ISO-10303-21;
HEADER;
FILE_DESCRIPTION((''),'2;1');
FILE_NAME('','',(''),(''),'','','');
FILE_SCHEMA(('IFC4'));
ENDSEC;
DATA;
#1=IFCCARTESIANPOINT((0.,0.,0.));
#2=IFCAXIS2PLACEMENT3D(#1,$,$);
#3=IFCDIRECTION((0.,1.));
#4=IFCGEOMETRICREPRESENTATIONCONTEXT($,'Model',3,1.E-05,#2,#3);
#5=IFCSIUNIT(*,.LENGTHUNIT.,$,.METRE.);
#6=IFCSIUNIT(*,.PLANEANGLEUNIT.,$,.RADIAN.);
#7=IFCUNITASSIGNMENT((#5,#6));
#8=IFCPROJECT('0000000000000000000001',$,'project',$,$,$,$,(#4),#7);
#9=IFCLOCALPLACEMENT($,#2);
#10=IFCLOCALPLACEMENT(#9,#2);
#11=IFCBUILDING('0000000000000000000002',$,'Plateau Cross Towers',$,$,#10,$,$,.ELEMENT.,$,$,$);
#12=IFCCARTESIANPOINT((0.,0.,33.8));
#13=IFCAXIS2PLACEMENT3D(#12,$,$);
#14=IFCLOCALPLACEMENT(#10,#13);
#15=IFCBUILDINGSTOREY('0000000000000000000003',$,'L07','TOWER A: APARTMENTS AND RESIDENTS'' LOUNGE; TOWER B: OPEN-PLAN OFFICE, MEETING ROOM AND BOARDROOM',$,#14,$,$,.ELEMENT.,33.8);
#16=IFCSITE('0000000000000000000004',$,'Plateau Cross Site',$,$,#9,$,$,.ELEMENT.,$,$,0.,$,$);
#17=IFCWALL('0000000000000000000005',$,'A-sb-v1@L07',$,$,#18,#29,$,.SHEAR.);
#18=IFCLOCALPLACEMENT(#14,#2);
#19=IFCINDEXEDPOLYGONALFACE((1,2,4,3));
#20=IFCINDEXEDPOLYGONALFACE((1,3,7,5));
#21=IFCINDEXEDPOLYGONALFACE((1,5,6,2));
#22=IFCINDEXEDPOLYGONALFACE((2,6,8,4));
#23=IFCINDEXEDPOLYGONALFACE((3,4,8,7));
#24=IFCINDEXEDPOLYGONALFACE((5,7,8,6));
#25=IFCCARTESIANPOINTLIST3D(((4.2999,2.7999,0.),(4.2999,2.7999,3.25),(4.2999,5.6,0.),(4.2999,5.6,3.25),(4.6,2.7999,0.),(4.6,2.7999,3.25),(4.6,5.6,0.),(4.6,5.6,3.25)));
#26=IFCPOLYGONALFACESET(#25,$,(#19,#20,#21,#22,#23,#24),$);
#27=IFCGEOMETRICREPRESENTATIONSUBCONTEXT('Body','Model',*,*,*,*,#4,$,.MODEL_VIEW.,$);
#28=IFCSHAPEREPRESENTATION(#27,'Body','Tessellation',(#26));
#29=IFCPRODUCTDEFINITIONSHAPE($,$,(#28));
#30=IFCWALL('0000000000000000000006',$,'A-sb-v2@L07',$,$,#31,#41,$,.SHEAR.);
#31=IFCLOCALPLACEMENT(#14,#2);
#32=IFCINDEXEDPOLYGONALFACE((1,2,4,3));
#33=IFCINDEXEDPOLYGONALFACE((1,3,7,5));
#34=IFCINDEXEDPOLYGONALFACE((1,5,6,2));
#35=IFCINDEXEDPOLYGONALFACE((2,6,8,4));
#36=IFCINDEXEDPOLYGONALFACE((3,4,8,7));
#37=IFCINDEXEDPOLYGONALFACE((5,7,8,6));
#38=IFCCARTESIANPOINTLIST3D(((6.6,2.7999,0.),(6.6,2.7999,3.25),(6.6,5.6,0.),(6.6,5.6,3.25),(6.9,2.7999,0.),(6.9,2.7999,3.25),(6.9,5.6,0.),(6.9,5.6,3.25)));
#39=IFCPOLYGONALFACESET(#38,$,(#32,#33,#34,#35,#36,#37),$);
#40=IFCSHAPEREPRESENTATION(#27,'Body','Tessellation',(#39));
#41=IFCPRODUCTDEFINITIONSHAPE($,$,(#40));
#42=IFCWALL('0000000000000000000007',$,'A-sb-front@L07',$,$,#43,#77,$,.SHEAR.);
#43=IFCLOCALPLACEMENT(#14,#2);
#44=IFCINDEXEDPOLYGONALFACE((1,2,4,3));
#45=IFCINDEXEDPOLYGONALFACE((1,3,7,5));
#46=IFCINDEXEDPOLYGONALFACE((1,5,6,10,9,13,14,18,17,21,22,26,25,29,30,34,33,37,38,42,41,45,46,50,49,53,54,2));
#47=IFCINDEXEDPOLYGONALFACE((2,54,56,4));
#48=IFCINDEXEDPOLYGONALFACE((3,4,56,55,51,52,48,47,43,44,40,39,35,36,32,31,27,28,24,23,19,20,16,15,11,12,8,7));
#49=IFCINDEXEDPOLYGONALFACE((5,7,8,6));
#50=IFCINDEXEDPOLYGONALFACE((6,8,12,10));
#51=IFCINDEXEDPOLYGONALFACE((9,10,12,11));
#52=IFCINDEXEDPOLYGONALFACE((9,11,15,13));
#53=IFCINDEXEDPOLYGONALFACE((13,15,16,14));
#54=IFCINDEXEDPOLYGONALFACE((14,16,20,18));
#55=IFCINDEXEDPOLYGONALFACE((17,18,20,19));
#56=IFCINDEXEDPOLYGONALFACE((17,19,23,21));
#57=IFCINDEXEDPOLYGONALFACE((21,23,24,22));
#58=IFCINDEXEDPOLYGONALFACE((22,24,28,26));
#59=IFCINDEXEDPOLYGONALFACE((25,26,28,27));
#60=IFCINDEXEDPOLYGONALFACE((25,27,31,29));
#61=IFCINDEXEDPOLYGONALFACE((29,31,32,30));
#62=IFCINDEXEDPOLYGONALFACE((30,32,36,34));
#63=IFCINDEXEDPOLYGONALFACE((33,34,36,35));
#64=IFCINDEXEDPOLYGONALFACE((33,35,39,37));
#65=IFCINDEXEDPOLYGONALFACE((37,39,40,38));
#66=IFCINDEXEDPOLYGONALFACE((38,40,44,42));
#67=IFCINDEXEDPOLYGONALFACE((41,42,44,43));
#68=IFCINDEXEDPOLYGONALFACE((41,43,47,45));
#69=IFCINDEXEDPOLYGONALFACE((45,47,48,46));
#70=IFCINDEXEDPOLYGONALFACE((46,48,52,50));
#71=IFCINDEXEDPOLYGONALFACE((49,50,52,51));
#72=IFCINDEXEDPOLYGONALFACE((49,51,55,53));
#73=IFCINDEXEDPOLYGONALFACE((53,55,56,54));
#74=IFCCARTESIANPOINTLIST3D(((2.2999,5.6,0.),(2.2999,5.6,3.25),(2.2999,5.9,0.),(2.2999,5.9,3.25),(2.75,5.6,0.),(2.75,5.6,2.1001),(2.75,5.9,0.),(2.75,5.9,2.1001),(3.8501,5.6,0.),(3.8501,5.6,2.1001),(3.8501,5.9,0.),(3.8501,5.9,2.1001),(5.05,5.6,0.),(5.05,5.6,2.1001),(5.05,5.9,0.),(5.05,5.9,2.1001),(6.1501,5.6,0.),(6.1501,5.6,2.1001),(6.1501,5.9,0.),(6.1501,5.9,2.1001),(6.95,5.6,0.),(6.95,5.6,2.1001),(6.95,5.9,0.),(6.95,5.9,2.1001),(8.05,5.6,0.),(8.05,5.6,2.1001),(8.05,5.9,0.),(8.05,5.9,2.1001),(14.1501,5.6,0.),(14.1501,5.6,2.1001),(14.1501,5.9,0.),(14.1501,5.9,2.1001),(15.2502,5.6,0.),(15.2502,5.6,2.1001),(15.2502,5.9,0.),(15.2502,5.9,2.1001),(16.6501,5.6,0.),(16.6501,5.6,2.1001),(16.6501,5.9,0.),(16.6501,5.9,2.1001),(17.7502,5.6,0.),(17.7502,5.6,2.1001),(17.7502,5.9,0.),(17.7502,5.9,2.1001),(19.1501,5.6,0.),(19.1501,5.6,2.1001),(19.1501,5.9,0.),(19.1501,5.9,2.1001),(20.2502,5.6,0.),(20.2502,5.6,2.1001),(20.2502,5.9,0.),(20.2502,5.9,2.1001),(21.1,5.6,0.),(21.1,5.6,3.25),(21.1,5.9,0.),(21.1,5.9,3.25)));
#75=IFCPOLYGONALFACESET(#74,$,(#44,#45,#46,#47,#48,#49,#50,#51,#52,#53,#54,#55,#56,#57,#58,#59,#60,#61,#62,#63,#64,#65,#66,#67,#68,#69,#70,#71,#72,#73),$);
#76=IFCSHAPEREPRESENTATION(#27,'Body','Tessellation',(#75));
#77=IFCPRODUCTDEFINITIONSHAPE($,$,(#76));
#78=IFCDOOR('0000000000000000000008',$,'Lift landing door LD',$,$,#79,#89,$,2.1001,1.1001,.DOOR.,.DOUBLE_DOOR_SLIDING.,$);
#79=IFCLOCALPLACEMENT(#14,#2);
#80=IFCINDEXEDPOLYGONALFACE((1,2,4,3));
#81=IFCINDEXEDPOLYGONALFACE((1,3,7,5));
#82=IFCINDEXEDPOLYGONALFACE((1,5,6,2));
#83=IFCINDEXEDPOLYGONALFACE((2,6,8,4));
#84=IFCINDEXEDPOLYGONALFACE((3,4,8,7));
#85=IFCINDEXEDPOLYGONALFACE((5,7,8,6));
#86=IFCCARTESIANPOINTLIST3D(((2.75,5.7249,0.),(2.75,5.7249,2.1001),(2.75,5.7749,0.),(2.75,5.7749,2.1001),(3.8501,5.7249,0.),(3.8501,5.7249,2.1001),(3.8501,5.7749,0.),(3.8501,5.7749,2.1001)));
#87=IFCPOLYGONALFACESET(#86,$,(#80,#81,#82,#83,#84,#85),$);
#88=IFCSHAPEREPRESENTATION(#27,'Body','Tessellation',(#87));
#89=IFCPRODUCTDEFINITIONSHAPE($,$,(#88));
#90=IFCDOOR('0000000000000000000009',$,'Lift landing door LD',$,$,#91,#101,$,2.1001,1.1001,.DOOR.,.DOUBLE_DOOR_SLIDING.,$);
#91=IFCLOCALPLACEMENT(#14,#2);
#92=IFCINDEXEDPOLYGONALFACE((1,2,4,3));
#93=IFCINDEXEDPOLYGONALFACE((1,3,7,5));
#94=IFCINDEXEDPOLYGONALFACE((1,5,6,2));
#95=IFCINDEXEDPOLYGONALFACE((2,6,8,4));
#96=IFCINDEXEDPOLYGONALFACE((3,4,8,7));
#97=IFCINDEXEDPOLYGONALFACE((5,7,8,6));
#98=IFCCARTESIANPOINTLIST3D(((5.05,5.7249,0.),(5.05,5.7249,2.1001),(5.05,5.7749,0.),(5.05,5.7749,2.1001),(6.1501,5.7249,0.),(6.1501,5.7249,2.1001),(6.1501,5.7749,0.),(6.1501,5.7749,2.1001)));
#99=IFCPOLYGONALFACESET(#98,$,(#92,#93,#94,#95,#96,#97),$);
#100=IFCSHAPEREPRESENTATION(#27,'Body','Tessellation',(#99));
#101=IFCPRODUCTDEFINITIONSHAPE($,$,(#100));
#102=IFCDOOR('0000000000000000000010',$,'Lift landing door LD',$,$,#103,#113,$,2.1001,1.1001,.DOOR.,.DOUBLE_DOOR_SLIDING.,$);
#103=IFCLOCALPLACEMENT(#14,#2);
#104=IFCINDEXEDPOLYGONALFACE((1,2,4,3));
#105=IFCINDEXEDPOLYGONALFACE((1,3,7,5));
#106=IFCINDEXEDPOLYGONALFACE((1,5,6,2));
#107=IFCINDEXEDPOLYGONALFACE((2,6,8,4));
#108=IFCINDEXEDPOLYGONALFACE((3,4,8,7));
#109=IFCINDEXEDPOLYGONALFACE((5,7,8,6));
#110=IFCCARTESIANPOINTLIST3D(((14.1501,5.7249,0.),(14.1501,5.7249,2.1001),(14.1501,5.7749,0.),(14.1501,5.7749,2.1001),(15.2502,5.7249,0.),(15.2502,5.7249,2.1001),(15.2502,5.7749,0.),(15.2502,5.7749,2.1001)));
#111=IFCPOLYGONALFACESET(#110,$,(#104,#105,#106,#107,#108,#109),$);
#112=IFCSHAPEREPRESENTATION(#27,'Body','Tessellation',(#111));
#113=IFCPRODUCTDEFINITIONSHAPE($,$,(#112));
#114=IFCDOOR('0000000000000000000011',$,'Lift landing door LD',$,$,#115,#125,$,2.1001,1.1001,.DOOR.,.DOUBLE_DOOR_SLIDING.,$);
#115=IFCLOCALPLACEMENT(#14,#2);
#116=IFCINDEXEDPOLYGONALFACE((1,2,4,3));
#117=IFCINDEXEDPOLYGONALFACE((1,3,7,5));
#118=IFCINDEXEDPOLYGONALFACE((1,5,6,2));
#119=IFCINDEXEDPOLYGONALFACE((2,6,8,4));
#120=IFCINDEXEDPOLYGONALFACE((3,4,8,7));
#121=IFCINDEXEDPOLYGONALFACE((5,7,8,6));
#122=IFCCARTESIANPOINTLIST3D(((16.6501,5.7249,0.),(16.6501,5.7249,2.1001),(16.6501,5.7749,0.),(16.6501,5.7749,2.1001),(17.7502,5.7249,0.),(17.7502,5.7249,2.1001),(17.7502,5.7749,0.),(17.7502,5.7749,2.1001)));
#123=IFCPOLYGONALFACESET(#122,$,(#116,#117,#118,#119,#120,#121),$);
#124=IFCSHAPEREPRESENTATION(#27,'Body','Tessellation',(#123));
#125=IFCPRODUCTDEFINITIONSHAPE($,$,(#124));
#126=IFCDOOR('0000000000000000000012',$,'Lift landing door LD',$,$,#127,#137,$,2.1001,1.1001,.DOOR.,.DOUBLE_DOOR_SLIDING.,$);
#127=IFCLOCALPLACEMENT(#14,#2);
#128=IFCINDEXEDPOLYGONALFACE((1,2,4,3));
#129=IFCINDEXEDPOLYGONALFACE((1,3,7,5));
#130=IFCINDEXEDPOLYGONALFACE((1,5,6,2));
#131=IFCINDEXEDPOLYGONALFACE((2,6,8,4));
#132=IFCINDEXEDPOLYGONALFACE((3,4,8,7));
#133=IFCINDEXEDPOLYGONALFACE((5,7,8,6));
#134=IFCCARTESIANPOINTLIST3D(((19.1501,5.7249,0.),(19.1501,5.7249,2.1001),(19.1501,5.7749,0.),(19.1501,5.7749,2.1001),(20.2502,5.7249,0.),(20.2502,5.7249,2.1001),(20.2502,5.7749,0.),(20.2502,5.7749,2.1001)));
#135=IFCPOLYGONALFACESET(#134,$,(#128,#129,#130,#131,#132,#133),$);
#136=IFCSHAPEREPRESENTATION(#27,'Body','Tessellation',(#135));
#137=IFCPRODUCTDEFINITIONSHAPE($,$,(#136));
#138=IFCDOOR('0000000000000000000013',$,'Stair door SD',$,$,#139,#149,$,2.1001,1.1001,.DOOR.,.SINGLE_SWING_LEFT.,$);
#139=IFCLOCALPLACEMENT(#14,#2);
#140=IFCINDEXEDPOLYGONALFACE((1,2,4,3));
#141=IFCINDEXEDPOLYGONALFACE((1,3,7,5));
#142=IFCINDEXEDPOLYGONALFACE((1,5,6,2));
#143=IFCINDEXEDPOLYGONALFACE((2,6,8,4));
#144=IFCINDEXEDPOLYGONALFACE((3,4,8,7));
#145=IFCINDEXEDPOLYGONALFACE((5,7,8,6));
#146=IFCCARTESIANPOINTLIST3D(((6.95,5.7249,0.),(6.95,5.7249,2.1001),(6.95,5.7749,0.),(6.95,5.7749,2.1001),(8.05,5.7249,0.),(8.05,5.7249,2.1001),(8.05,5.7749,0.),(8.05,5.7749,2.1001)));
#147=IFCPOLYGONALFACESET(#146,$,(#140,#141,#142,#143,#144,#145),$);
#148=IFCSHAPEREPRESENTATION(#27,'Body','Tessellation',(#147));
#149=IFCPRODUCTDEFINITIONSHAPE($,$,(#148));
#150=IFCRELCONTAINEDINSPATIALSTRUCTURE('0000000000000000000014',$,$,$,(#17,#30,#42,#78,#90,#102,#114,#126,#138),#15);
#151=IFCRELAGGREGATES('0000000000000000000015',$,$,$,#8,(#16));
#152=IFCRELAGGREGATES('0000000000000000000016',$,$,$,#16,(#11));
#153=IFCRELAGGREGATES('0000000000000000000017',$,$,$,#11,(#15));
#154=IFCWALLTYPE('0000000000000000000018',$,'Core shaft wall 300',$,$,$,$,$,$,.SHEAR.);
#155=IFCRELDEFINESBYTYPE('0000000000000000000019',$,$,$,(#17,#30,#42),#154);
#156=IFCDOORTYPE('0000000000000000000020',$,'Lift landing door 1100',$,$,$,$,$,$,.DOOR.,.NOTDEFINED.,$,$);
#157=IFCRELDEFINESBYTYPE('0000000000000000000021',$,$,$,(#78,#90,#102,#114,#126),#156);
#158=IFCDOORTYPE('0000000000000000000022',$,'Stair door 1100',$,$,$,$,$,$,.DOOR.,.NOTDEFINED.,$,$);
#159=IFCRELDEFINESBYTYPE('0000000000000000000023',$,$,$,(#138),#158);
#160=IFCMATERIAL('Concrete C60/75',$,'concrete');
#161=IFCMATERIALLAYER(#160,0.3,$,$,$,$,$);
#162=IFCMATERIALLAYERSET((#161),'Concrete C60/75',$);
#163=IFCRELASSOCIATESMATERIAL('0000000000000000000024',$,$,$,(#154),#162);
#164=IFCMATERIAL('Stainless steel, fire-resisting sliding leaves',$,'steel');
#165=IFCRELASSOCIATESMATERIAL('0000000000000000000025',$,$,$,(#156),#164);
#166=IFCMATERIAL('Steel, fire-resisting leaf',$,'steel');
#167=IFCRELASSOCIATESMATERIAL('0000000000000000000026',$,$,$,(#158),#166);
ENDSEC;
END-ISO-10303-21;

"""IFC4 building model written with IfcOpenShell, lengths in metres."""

from ifc_helpers import new_model, si_unit, direction, frame, frame_2d, origin, place, context, subcontext, project, spatial, rectangle, extrude, material, layer, layer_set, type_object, element, fill, save


model = new_model("IFC4")

# Units and contexts
model_context = context("Model", 3, precision=1e-05, world=origin(), true_north=direction((0.0, 1.0)))
body_context = subcontext(model_context, "Body", "Model", "MODEL_VIEW")
ifc_project = project(units=[si_unit("LENGTHUNIT", "METRE"), si_unit("PLANEANGLEUNIT", "RADIAN")], contexts=[model_context])

# Site, building, storey
site_placement = place(None, origin())
site = spatial("IfcSite", under=ifc_project, at=site_placement, Name="Plateau Cross Site", CompositionType="ELEMENT", RefElevation=0.0)
building_placement = place(site_placement, origin())
building = spatial("IfcBuilding", under=site, at=building_placement, Name="Plateau Cross Towers", CompositionType="ELEMENT")
storey_placement = place(building_placement, frame((0.0, 0.0, 33.8)))
storey = spatial("IfcBuildingStorey", under=building, at=storey_placement, Name="L07", Description="TOWER A: APARTMENTS AND RESIDENTS' LOUNGE; TOWER B: OPEN-PLAN OFFICE, MEETING ROOM AND BOARDROOM", CompositionType="ELEMENT", Elevation=33.8)

# Shared definitions
ifc_material_1 = material(Name="Steel, fire-resisting leaf", Category="steel")

# Walls
ifc_material_2 = material(Name="Concrete C60/75", Category="concrete")
ifc_layer_1 = layer(ifc_material_2, 0.3)
ifc_layer_set_1 = layer_set([ifc_layer_1], Name="Concrete C60/75")
wall_type_1 = type_object("IfcWallType", Name="Core shaft wall 300", PredefinedType="SHEAR", material=ifc_layer_set_1)
for number, where, z_axis, x_axis, name in (
    (1, (4.45, 2.8, 0.0), (0.0, 0.0, 1.0), (0.0, 1.0, 0.0), "A-sb-v1@L07"),
    (2, (6.75, 2.8, 0.0), (0.0, 0.0, 1.0), (0.0, 1.0, 0.0), "A-sb-v2@L07"),
):
    element("IfcWall", number, at=place(storey_placement, frame(where, z_axis=z_axis, x_axis=x_axis)), inside=storey, type_object=wall_type_1, Name=name, PredefinedType="SHEAR", context=body_context, shape_type="SweptSolid", body=[
        extrude(rectangle(XDim=2.8, YDim=0.3, at=frame_2d((1.3999, 0.0))), origin(), (0.0, 0.0, 1.0), 3.25),
    ])

# Wall, openings, doors
wall_1_placement = place(storey_placement, frame((2.3, 5.75, 0.0), z_axis=(0.0, 0.0, 1.0), x_axis=(1.0, 0.0, 0.0)))
wall_1 = element("IfcWall", 3, at=wall_1_placement, inside=storey, type_object=wall_type_1, Name="A-sb-front@L07", PredefinedType="SHEAR", context=body_context, shape_type="SweptSolid", body=[
    extrude(rectangle(XDim=18.8, YDim=0.3, at=frame_2d((9.3999, 0.0))), origin(), (0.0, 0.0, 1.0), 3.25),
])
opening_1_placement = place(wall_1_placement, frame((4.6499, 0.0, 0.0)))
opening_1 = element("IfcOpeningElement", 4, at=opening_1_placement, cuts=wall_1, PredefinedType="OPENING", context=body_context, shape_type="SweptSolid", body=[
    extrude(rectangle(XDim=1.1001, YDim=2.1001, at=frame_2d((0.55, 1.05))), frame((0.0, 0.1599, 0.0), z_axis=(0.0, -1.0, 0.0), x_axis=(1.0, 0.0, 0.0)), (0.0, 0.0, 1.0), 0.3201),
])
opening_2_placement = place(wall_1_placement, frame((0.45, 0.0, 0.0)))
opening_2 = element("IfcOpeningElement", 5, at=opening_2_placement, cuts=wall_1, PredefinedType="OPENING", context=body_context, shape_type="SweptSolid", body=[
    extrude(rectangle(XDim=1.1001, YDim=2.1001, at=frame_2d((0.55, 1.05))), frame((0.0, 0.1599, 0.0), z_axis=(0.0, -1.0, 0.0), x_axis=(1.0, 0.0, 0.0)), (0.0, 0.0, 1.0), 0.3201),
])
opening_3_placement = place(wall_1_placement, frame((2.75, 0.0, 0.0)))
opening_3 = element("IfcOpeningElement", 6, at=opening_3_placement, cuts=wall_1, PredefinedType="OPENING", context=body_context, shape_type="SweptSolid", body=[
    extrude(rectangle(XDim=1.1001, YDim=2.1001, at=frame_2d((0.55, 1.05))), frame((0.0, 0.1599, 0.0), z_axis=(0.0, -1.0, 0.0), x_axis=(1.0, 0.0, 0.0)), (0.0, 0.0, 1.0), 0.3201),
])
opening_4_placement = place(wall_1_placement, frame((11.8501, 0.0, 0.0)))
opening_4 = element("IfcOpeningElement", 7, at=opening_4_placement, cuts=wall_1, PredefinedType="OPENING", context=body_context, shape_type="SweptSolid", body=[
    extrude(rectangle(XDim=1.1001, YDim=2.1001, at=frame_2d((0.55, 1.05))), frame((0.0, 0.1599, 0.0), z_axis=(0.0, -1.0, 0.0), x_axis=(1.0, 0.0, 0.0)), (0.0, 0.0, 1.0), 0.3201),
])
opening_5_placement = place(wall_1_placement, frame((14.3501, 0.0, 0.0)))
opening_5 = element("IfcOpeningElement", 8, at=opening_5_placement, cuts=wall_1, PredefinedType="OPENING", context=body_context, shape_type="SweptSolid", body=[
    extrude(rectangle(XDim=1.1001, YDim=2.1001, at=frame_2d((0.55, 1.05))), frame((0.0, 0.1599, 0.0), z_axis=(0.0, -1.0, 0.0), x_axis=(1.0, 0.0, 0.0)), (0.0, 0.0, 1.0), 0.3201),
])
opening_6_placement = place(wall_1_placement, frame((16.8501, 0.0, 0.0)))
opening_6 = element("IfcOpeningElement", 9, at=opening_6_placement, cuts=wall_1, PredefinedType="OPENING", context=body_context, shape_type="SweptSolid", body=[
    extrude(rectangle(XDim=1.1001, YDim=2.1001, at=frame_2d((0.55, 1.05))), frame((0.0, 0.1599, 0.0), z_axis=(0.0, -1.0, 0.0), x_axis=(1.0, 0.0, 0.0)), (0.0, 0.0, 1.0), 0.3201),
])
ifc_material_3 = material(Name="Stainless steel, fire-resisting sliding leaves", Category="steel")
door_type_1 = type_object("IfcDoorType", Name="Lift landing door 1100", OperationType="NOTDEFINED", PredefinedType="DOOR", material=ifc_material_3)
door_1_placement = place(opening_2_placement, origin())
door_1 = element("IfcDoor", 10, at=door_1_placement, inside=storey, type_object=door_type_1, Name="Lift landing door LD", OperationType="DOUBLE_DOOR_SLIDING", OverallHeight=2.1001, OverallWidth=1.1001, PredefinedType="DOOR", context=body_context, shape_type="SweptSolid", body=[
    extrude(rectangle(XDim=1.1001, YDim=2.1001, at=frame_2d((0.55, 1.05))), frame((0.0, 0.0249, 0.0), z_axis=(0.0, -1.0, 0.0), x_axis=(1.0, 0.0, 0.0)), (0.0, 0.0, 1.0), 0.05),
])
fill(opening_2, door_1)
door_2_placement = place(opening_3_placement, origin())
door_2 = element("IfcDoor", 11, at=door_2_placement, inside=storey, type_object=door_type_1, Name="Lift landing door LD", OperationType="DOUBLE_DOOR_SLIDING", OverallHeight=2.1001, OverallWidth=1.1001, PredefinedType="DOOR", context=body_context, shape_type="SweptSolid", body=[
    extrude(rectangle(XDim=1.1001, YDim=2.1001, at=frame_2d((0.55, 1.05))), frame((0.0, 0.0249, 0.0), z_axis=(0.0, -1.0, 0.0), x_axis=(1.0, 0.0, 0.0)), (0.0, 0.0, 1.0), 0.05),
])
fill(opening_3, door_2)
door_3_placement = place(opening_4_placement, origin())
door_3 = element("IfcDoor", 12, at=door_3_placement, inside=storey, type_object=door_type_1, Name="Lift landing door LD", OperationType="DOUBLE_DOOR_SLIDING", OverallHeight=2.1001, OverallWidth=1.1001, PredefinedType="DOOR", context=body_context, shape_type="SweptSolid", body=[
    extrude(rectangle(XDim=1.1001, YDim=2.1001, at=frame_2d((0.55, 1.05))), frame((0.0, 0.0249, 0.0), z_axis=(0.0, -1.0, 0.0), x_axis=(1.0, 0.0, 0.0)), (0.0, 0.0, 1.0), 0.05),
])
fill(opening_4, door_3)
door_4_placement = place(opening_5_placement, origin())
door_4 = element("IfcDoor", 13, at=door_4_placement, inside=storey, type_object=door_type_1, Name="Lift landing door LD", OperationType="DOUBLE_DOOR_SLIDING", OverallHeight=2.1001, OverallWidth=1.1001, PredefinedType="DOOR", context=body_context, shape_type="SweptSolid", body=[
    extrude(rectangle(XDim=1.1001, YDim=2.1001, at=frame_2d((0.55, 1.05))), frame((0.0, 0.0249, 0.0), z_axis=(0.0, -1.0, 0.0), x_axis=(1.0, 0.0, 0.0)), (0.0, 0.0, 1.0), 0.05),
])
fill(opening_5, door_4)
door_5_placement = place(opening_6_placement, origin())
door_5 = element("IfcDoor", 14, at=door_5_placement, inside=storey, type_object=door_type_1, Name="Lift landing door LD", OperationType="DOUBLE_DOOR_SLIDING", OverallHeight=2.1001, OverallWidth=1.1001, PredefinedType="DOOR", context=body_context, shape_type="SweptSolid", body=[
    extrude(rectangle(XDim=1.1001, YDim=2.1001, at=frame_2d((0.55, 1.05))), frame((0.0, 0.0249, 0.0), z_axis=(0.0, -1.0, 0.0), x_axis=(1.0, 0.0, 0.0)), (0.0, 0.0, 1.0), 0.05),
])
fill(opening_6, door_5)
door_type_2 = type_object("IfcDoorType", Name="Stair door 1100", OperationType="NOTDEFINED", PredefinedType="DOOR", material=ifc_material_1)
door_6_placement = place(opening_1_placement, origin())
door_6 = element("IfcDoor", 15, at=door_6_placement, inside=storey, type_object=door_type_2, Name="Stair door SD", OperationType="SINGLE_SWING_LEFT", OverallHeight=2.1001, OverallWidth=1.1001, PredefinedType="DOOR", context=body_context, shape_type="SweptSolid", body=[
    extrude(rectangle(XDim=1.1001, YDim=2.1001, at=frame_2d((0.55, 1.05))), frame((0.0, 0.0249, 0.0), z_axis=(0.0, -1.0, 0.0), x_axis=(1.0, 0.0, 0.0)), (0.0, 0.0, 1.0), 0.05),
])
fill(opening_1, door_6)

save(model, "model.ifc")
